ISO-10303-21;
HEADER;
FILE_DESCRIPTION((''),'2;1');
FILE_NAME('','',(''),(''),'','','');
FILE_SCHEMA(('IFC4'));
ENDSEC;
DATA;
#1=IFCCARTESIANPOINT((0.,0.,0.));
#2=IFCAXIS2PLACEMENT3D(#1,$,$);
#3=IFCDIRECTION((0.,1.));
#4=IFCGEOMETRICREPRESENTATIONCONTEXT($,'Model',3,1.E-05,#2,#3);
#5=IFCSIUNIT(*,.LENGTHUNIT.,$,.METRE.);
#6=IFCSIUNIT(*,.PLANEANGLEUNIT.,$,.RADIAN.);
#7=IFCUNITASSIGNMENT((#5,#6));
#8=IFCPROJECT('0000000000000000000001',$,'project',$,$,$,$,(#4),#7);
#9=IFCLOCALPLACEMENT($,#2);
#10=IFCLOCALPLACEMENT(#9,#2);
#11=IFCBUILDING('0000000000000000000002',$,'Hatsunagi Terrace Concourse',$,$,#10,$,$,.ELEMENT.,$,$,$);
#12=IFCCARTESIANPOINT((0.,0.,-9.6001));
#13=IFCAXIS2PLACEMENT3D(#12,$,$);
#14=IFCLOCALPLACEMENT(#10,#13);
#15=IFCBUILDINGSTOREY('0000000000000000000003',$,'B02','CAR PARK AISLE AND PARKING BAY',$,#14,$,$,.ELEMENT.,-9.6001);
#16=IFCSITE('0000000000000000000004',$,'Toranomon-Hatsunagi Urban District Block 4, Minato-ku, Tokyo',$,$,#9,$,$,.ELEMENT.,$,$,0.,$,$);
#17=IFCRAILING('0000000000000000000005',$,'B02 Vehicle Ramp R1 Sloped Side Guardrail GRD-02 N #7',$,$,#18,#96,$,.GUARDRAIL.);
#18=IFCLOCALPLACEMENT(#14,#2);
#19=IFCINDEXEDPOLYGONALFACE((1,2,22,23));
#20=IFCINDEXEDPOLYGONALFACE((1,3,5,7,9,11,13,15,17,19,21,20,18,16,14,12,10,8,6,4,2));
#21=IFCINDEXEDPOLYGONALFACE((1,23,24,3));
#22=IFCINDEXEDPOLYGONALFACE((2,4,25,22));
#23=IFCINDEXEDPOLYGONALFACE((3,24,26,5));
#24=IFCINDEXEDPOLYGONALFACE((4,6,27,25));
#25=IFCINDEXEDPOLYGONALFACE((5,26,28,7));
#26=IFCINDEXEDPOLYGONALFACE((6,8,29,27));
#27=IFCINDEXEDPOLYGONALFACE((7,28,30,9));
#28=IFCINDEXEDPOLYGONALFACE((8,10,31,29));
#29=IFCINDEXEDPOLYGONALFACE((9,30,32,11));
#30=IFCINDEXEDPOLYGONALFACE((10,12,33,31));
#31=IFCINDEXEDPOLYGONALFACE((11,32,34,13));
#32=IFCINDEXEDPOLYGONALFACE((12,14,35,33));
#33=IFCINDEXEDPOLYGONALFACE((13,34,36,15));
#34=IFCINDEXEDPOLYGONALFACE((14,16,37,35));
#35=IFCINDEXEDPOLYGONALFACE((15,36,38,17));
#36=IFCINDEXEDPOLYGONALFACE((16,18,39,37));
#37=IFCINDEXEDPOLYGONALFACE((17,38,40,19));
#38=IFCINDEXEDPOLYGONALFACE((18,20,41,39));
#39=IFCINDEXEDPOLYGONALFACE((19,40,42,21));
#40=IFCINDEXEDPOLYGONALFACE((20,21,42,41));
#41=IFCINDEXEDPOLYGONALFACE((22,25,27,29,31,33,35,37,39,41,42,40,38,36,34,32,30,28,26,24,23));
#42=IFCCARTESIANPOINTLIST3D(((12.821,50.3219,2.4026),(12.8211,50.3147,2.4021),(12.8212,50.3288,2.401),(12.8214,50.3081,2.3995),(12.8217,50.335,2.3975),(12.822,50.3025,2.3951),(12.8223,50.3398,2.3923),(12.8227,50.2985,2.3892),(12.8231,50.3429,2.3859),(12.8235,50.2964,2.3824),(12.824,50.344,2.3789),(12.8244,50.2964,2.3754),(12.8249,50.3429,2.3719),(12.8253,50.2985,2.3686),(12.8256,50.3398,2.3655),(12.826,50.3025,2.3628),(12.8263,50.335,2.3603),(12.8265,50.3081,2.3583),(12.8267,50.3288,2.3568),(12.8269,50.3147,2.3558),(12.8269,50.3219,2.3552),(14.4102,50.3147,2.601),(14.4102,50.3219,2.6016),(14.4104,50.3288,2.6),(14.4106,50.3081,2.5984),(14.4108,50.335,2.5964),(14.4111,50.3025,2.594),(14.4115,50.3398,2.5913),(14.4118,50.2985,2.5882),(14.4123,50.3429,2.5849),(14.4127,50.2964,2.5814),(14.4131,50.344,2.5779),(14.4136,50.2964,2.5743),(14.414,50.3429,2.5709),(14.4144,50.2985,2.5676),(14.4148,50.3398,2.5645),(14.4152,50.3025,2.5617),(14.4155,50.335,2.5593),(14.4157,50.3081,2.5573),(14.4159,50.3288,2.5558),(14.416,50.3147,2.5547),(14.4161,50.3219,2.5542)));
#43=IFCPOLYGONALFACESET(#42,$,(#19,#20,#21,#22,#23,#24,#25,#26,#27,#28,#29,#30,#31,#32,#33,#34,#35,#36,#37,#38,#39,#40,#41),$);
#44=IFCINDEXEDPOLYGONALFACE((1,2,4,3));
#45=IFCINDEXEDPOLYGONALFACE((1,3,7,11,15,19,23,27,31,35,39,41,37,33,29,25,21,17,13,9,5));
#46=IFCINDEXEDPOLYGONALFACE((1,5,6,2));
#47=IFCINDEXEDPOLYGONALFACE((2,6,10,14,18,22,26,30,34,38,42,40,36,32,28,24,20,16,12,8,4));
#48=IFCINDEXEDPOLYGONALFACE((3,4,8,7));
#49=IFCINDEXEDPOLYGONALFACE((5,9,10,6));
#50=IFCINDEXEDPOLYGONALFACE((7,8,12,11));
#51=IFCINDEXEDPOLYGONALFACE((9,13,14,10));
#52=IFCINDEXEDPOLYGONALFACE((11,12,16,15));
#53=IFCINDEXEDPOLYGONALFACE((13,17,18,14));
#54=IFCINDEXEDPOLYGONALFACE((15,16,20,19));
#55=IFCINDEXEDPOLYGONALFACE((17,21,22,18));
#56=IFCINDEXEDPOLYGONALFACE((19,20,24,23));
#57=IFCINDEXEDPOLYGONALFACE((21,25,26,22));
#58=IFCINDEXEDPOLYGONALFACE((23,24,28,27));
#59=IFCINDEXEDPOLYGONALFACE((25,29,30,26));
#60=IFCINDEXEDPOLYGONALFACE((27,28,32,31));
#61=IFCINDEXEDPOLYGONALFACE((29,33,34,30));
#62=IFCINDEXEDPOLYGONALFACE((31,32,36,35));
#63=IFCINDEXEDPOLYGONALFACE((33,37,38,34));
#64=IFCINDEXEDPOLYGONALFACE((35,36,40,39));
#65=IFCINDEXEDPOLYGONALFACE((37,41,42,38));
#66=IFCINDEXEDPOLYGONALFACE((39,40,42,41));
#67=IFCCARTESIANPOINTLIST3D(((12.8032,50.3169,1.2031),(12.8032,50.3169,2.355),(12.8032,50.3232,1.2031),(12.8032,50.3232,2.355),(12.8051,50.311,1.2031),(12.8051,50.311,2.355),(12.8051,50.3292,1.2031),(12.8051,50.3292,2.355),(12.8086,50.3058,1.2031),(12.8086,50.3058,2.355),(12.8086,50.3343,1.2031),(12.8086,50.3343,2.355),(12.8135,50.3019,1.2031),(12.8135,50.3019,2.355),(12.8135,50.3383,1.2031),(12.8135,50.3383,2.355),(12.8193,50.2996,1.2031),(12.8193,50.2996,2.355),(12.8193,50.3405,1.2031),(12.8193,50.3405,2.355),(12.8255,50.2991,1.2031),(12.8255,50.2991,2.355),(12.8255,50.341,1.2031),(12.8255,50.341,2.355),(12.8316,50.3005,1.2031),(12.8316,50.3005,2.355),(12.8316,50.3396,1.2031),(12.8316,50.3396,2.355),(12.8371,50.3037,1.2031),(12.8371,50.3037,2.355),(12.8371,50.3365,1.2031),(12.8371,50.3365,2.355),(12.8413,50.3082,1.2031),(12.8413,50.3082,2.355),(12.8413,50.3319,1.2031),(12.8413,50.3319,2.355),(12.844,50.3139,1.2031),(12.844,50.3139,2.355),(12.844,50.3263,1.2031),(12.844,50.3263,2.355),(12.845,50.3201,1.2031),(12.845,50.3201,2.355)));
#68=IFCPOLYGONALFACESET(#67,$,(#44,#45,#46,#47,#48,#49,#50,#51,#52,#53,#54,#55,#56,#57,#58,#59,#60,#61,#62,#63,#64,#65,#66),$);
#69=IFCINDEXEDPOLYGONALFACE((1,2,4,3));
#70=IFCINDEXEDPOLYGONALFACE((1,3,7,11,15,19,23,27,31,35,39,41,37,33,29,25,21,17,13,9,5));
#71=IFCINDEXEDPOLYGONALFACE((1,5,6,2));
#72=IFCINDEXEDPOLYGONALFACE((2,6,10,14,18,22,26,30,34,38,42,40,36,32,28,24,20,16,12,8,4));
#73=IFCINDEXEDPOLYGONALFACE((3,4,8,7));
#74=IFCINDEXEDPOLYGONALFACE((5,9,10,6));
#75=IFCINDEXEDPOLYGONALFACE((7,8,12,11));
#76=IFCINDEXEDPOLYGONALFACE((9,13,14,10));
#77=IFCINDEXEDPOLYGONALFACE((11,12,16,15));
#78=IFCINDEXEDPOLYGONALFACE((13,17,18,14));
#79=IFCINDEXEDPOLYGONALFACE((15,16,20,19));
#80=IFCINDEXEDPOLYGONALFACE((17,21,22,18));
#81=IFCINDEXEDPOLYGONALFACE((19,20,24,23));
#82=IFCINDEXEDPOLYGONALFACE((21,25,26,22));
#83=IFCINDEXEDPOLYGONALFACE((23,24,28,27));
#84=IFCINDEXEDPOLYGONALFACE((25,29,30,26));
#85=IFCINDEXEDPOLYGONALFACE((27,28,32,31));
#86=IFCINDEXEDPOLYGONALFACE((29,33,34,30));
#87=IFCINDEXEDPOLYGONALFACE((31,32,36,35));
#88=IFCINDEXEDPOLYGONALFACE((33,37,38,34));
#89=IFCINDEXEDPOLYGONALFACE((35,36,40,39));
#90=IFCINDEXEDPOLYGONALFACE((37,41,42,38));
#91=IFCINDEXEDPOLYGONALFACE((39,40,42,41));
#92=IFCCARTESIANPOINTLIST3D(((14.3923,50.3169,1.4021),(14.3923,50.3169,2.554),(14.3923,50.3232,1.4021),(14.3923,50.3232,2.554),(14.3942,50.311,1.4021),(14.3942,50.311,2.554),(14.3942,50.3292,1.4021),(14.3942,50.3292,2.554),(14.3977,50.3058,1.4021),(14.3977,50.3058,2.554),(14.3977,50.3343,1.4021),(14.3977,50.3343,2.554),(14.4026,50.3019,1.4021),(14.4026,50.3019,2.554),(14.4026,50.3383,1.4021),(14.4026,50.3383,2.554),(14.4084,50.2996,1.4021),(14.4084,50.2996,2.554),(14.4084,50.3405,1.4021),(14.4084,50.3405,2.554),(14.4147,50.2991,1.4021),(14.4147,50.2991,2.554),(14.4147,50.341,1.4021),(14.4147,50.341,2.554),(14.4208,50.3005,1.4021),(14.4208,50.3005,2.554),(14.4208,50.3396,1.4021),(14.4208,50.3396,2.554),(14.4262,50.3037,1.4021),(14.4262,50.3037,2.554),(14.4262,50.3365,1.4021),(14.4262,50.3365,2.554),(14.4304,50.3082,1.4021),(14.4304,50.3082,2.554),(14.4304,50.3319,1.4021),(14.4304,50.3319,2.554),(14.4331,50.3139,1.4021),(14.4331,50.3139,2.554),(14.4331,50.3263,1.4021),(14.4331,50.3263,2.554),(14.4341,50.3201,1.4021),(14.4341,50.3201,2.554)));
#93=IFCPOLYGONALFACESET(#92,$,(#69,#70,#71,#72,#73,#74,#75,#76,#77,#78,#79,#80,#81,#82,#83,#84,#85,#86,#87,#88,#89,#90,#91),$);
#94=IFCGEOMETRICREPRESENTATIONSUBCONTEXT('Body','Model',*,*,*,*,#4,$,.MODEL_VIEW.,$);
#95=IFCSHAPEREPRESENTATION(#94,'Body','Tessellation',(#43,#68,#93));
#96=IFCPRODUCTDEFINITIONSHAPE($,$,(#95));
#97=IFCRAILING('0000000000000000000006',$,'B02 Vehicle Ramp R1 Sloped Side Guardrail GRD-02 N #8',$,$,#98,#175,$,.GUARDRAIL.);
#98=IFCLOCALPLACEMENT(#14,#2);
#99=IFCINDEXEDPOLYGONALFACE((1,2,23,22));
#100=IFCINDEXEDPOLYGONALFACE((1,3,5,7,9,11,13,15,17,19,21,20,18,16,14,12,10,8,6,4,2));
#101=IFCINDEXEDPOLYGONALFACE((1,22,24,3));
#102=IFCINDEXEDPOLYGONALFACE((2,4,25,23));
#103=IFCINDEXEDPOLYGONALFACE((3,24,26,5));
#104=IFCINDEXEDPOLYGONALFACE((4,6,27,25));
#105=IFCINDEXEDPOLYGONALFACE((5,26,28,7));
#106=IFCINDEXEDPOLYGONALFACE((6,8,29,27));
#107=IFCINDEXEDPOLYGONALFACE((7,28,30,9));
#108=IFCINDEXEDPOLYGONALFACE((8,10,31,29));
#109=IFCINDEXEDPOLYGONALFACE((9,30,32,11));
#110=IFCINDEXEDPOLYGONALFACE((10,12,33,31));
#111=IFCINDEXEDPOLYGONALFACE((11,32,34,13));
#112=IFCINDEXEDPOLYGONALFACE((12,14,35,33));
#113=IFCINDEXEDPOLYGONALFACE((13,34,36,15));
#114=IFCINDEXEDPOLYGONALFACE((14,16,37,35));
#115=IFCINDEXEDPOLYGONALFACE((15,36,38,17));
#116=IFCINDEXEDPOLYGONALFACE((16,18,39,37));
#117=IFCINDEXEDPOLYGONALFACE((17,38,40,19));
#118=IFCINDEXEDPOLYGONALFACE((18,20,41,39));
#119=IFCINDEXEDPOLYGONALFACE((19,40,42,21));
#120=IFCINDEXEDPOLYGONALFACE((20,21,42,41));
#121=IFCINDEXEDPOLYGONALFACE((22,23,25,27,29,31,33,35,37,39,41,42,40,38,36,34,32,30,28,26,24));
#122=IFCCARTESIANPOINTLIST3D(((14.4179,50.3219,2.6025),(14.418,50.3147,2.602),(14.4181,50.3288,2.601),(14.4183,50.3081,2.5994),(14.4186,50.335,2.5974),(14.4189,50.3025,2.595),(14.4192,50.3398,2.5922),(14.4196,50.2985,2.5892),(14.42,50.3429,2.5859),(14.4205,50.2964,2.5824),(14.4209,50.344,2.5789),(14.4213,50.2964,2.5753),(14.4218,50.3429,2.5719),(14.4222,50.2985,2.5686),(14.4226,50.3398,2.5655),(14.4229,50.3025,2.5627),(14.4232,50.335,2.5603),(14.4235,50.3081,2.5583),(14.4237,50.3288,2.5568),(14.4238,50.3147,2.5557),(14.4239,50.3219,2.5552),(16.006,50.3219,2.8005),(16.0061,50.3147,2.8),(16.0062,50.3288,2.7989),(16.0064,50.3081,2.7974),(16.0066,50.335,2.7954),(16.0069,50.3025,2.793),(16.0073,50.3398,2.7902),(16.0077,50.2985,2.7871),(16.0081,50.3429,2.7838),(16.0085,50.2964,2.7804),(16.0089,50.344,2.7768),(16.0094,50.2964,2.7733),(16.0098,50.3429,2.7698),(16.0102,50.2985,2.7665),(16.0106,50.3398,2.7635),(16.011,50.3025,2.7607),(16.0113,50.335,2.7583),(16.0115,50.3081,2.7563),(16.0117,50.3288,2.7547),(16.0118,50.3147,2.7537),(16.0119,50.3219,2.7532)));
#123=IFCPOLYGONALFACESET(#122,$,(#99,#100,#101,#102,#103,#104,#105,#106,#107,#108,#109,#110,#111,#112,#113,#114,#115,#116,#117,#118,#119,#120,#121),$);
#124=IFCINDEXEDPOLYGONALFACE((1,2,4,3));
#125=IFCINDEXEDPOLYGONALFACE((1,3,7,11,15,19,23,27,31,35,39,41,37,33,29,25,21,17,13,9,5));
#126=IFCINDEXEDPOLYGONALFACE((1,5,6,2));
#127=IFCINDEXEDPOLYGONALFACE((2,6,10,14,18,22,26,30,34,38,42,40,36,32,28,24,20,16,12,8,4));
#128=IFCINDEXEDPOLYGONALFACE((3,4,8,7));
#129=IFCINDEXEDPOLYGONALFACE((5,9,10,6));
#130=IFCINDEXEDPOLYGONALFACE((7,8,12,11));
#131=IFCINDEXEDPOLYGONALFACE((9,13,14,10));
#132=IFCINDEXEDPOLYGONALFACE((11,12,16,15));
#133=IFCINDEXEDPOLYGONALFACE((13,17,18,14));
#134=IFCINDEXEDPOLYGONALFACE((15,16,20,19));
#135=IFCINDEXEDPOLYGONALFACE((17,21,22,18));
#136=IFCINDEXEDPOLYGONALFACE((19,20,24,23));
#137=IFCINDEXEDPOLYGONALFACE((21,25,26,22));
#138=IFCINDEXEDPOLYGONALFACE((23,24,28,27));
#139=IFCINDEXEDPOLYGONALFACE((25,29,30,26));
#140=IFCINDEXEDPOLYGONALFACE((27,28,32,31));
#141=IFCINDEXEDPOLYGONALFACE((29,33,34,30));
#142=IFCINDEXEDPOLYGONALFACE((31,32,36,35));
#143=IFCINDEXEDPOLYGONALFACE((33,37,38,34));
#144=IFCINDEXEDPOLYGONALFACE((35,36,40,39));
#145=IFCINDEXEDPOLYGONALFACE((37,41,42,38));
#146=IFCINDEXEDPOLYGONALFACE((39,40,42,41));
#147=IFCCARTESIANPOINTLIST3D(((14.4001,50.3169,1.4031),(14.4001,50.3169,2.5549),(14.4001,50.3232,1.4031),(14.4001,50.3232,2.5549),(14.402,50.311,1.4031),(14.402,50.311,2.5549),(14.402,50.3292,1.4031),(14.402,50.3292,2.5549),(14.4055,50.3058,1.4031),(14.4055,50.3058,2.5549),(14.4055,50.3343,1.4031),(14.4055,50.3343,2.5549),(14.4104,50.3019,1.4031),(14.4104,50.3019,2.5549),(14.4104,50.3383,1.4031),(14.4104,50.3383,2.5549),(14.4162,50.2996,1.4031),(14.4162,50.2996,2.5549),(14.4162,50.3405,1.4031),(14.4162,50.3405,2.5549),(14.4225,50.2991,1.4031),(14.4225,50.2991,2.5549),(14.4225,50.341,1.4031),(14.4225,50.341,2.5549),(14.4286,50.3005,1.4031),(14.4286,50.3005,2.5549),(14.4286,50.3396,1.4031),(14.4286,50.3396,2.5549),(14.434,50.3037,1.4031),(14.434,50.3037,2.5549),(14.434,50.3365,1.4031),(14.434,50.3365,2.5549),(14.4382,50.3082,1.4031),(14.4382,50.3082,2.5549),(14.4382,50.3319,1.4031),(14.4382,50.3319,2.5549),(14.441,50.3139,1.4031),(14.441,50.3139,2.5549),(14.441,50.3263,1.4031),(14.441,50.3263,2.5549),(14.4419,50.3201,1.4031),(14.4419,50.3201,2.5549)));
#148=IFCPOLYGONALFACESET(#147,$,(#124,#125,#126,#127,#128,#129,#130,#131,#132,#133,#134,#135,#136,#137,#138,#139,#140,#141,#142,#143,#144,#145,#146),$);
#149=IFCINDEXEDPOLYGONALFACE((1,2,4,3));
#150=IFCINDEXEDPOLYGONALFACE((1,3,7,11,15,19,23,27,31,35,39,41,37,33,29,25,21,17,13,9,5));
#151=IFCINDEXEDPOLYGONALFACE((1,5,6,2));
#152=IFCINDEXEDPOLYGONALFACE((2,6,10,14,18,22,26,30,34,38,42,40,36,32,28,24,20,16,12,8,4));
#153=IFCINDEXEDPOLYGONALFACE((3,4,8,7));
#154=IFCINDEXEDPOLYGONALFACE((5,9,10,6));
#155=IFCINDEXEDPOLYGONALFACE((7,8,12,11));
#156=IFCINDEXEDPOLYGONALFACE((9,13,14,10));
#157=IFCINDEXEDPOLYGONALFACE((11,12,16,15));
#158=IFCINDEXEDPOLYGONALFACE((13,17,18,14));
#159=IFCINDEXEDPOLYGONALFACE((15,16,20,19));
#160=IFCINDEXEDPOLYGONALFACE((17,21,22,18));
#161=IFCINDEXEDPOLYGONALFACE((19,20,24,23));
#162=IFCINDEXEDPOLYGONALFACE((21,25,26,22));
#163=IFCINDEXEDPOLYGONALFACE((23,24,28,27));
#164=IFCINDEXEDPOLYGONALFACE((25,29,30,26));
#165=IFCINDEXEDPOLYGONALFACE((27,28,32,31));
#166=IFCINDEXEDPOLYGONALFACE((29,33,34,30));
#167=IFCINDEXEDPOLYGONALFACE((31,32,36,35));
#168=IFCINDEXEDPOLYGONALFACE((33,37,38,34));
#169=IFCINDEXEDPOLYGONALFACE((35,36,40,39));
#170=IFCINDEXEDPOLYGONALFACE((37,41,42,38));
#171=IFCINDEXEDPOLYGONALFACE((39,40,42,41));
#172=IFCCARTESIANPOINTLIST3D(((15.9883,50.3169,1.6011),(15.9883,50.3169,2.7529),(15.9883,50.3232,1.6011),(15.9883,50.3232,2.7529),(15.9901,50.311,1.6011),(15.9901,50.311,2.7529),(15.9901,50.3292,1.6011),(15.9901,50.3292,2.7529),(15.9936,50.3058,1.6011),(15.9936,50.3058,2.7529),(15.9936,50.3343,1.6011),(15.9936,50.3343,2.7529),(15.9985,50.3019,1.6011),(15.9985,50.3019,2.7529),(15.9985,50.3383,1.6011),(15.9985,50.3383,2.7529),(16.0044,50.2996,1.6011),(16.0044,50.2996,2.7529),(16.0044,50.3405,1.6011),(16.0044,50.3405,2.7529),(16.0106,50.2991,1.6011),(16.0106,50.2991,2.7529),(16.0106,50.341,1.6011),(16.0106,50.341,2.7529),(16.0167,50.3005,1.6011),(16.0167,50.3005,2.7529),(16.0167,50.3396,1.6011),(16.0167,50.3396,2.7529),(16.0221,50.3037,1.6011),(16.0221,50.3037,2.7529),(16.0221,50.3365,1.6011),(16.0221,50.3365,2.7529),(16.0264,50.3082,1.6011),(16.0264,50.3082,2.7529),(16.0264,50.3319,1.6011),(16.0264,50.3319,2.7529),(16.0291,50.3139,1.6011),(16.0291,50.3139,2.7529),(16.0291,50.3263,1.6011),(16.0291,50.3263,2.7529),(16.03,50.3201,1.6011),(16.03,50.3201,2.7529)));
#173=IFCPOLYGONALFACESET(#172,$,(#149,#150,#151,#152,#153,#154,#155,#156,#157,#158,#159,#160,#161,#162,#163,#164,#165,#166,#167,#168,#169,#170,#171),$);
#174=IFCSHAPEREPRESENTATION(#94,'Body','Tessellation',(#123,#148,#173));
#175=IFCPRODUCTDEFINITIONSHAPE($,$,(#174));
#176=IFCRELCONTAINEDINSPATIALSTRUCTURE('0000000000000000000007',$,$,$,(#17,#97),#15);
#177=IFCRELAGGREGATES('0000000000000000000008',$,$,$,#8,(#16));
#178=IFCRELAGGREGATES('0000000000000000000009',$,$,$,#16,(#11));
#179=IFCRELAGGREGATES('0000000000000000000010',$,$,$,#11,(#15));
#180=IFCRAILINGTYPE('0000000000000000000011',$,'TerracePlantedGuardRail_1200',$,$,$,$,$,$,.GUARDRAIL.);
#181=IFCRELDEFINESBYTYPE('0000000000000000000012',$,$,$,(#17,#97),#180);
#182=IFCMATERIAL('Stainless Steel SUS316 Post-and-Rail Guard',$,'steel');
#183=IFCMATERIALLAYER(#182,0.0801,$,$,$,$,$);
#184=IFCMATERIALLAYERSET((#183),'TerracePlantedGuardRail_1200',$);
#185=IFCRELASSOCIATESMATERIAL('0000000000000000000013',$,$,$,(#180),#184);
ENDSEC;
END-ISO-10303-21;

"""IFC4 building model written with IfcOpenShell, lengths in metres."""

from ifc_helpers import new_model, si_unit, direction, frame, origin, origin_2d, place, context, subcontext, project, spatial, circle, extrude, material, layer, layer_set, type_object, element, save


model = new_model("IFC4")

# Units and contexts
model_context = context("Model", 3, precision=1e-05, world=origin(), true_north=direction((0.0, 1.0)))
body_context = subcontext(model_context, "Body", "Model", "MODEL_VIEW")
ifc_project = project(units=[si_unit("LENGTHUNIT", "METRE"), si_unit("PLANEANGLEUNIT", "RADIAN")], contexts=[model_context])

# Site, building, storey
site_placement = place(None, origin())
site = spatial("IfcSite", under=ifc_project, at=site_placement, Name="Toranomon-Hatsunagi Urban District Block 4, Minato-ku, Tokyo", CompositionType="ELEMENT", RefElevation=0.0)
building_placement = place(site_placement, origin())
building = spatial("IfcBuilding", under=site, at=building_placement, Name="Hatsunagi Terrace Concourse", CompositionType="ELEMENT")
storey_placement = place(building_placement, frame((0.0, 0.0, -9.6001)))
storey = spatial("IfcBuildingStorey", under=building, at=storey_placement, Name="B02", Description="CAR PARK AISLE AND PARKING BAY", CompositionType="ELEMENT", Elevation=-9.6001)

# Railings
ifc_material_1 = material(Name="Stainless Steel SUS316 Post-and-Rail Guard", Category="steel")
ifc_layer_1 = layer(ifc_material_1, 0.0801)
ifc_layer_set_1 = layer_set([ifc_layer_1], Name="TerracePlantedGuardRail_1200")
railing_type = type_object("IfcRailingType", Name="TerracePlantedGuardRail_1200", PredefinedType="GUARDRAIL", material=ifc_layer_set_1)
railing_1_placement = place(storey_placement, frame((12.824, 50.3201, 1.2031)))
element("IfcRailing", 1, at=railing_1_placement, inside=storey, type_object=railing_type, Name="B02 Vehicle Ramp R1 Sloped Side Guardrail GRD-02 N #7", PredefinedType="GUARDRAIL", context=body_context, shape_type="SweptSolid", body=[
    extrude(circle(Radius=0.0239, at=origin_2d()), frame((0.0, 0.0, 1.1758), z_axis=(0.992252, 0.0, 0.124241), x_axis=(0.0, 1.0, 0.0)), (0.0, 0.0, 1.0), 1.6016),
    extrude(circle(Radius=0.021, at=origin_2d()), origin(), (0.0, 0.0, 1.0), 1.1519),
    extrude(circle(Radius=0.021, at=origin_2d()), frame((1.5891, 0.0, 0.199)), (0.0, 0.0, 1.0), 1.1519),
])
railing_2_placement = place(storey_placement, frame((14.4209, 50.3201, 1.4031)))
element("IfcRailing", 2, at=railing_2_placement, inside=storey, type_object=railing_type, Name="B02 Vehicle Ramp R1 Sloped Side Guardrail GRD-02 N #8", PredefinedType="GUARDRAIL", context=body_context, shape_type="SweptSolid", body=[
    extrude(circle(Radius=0.0239, at=origin_2d()), frame((0.0, 0.0, 1.1758), z_axis=(0.992318, 0.0, 0.123716), x_axis=(0.0, 1.0, 0.0)), (0.0, 0.0, 1.0), 1.6003),
    extrude(circle(Radius=0.021, at=origin_2d()), origin(), (0.0, 0.0, 1.0), 1.1519),
    extrude(circle(Radius=0.021, at=origin_2d()), frame((1.5881, 0.0, 0.198)), (0.0, 0.0, 1.0), 1.1519),
])

save(model, "model.ifc")
